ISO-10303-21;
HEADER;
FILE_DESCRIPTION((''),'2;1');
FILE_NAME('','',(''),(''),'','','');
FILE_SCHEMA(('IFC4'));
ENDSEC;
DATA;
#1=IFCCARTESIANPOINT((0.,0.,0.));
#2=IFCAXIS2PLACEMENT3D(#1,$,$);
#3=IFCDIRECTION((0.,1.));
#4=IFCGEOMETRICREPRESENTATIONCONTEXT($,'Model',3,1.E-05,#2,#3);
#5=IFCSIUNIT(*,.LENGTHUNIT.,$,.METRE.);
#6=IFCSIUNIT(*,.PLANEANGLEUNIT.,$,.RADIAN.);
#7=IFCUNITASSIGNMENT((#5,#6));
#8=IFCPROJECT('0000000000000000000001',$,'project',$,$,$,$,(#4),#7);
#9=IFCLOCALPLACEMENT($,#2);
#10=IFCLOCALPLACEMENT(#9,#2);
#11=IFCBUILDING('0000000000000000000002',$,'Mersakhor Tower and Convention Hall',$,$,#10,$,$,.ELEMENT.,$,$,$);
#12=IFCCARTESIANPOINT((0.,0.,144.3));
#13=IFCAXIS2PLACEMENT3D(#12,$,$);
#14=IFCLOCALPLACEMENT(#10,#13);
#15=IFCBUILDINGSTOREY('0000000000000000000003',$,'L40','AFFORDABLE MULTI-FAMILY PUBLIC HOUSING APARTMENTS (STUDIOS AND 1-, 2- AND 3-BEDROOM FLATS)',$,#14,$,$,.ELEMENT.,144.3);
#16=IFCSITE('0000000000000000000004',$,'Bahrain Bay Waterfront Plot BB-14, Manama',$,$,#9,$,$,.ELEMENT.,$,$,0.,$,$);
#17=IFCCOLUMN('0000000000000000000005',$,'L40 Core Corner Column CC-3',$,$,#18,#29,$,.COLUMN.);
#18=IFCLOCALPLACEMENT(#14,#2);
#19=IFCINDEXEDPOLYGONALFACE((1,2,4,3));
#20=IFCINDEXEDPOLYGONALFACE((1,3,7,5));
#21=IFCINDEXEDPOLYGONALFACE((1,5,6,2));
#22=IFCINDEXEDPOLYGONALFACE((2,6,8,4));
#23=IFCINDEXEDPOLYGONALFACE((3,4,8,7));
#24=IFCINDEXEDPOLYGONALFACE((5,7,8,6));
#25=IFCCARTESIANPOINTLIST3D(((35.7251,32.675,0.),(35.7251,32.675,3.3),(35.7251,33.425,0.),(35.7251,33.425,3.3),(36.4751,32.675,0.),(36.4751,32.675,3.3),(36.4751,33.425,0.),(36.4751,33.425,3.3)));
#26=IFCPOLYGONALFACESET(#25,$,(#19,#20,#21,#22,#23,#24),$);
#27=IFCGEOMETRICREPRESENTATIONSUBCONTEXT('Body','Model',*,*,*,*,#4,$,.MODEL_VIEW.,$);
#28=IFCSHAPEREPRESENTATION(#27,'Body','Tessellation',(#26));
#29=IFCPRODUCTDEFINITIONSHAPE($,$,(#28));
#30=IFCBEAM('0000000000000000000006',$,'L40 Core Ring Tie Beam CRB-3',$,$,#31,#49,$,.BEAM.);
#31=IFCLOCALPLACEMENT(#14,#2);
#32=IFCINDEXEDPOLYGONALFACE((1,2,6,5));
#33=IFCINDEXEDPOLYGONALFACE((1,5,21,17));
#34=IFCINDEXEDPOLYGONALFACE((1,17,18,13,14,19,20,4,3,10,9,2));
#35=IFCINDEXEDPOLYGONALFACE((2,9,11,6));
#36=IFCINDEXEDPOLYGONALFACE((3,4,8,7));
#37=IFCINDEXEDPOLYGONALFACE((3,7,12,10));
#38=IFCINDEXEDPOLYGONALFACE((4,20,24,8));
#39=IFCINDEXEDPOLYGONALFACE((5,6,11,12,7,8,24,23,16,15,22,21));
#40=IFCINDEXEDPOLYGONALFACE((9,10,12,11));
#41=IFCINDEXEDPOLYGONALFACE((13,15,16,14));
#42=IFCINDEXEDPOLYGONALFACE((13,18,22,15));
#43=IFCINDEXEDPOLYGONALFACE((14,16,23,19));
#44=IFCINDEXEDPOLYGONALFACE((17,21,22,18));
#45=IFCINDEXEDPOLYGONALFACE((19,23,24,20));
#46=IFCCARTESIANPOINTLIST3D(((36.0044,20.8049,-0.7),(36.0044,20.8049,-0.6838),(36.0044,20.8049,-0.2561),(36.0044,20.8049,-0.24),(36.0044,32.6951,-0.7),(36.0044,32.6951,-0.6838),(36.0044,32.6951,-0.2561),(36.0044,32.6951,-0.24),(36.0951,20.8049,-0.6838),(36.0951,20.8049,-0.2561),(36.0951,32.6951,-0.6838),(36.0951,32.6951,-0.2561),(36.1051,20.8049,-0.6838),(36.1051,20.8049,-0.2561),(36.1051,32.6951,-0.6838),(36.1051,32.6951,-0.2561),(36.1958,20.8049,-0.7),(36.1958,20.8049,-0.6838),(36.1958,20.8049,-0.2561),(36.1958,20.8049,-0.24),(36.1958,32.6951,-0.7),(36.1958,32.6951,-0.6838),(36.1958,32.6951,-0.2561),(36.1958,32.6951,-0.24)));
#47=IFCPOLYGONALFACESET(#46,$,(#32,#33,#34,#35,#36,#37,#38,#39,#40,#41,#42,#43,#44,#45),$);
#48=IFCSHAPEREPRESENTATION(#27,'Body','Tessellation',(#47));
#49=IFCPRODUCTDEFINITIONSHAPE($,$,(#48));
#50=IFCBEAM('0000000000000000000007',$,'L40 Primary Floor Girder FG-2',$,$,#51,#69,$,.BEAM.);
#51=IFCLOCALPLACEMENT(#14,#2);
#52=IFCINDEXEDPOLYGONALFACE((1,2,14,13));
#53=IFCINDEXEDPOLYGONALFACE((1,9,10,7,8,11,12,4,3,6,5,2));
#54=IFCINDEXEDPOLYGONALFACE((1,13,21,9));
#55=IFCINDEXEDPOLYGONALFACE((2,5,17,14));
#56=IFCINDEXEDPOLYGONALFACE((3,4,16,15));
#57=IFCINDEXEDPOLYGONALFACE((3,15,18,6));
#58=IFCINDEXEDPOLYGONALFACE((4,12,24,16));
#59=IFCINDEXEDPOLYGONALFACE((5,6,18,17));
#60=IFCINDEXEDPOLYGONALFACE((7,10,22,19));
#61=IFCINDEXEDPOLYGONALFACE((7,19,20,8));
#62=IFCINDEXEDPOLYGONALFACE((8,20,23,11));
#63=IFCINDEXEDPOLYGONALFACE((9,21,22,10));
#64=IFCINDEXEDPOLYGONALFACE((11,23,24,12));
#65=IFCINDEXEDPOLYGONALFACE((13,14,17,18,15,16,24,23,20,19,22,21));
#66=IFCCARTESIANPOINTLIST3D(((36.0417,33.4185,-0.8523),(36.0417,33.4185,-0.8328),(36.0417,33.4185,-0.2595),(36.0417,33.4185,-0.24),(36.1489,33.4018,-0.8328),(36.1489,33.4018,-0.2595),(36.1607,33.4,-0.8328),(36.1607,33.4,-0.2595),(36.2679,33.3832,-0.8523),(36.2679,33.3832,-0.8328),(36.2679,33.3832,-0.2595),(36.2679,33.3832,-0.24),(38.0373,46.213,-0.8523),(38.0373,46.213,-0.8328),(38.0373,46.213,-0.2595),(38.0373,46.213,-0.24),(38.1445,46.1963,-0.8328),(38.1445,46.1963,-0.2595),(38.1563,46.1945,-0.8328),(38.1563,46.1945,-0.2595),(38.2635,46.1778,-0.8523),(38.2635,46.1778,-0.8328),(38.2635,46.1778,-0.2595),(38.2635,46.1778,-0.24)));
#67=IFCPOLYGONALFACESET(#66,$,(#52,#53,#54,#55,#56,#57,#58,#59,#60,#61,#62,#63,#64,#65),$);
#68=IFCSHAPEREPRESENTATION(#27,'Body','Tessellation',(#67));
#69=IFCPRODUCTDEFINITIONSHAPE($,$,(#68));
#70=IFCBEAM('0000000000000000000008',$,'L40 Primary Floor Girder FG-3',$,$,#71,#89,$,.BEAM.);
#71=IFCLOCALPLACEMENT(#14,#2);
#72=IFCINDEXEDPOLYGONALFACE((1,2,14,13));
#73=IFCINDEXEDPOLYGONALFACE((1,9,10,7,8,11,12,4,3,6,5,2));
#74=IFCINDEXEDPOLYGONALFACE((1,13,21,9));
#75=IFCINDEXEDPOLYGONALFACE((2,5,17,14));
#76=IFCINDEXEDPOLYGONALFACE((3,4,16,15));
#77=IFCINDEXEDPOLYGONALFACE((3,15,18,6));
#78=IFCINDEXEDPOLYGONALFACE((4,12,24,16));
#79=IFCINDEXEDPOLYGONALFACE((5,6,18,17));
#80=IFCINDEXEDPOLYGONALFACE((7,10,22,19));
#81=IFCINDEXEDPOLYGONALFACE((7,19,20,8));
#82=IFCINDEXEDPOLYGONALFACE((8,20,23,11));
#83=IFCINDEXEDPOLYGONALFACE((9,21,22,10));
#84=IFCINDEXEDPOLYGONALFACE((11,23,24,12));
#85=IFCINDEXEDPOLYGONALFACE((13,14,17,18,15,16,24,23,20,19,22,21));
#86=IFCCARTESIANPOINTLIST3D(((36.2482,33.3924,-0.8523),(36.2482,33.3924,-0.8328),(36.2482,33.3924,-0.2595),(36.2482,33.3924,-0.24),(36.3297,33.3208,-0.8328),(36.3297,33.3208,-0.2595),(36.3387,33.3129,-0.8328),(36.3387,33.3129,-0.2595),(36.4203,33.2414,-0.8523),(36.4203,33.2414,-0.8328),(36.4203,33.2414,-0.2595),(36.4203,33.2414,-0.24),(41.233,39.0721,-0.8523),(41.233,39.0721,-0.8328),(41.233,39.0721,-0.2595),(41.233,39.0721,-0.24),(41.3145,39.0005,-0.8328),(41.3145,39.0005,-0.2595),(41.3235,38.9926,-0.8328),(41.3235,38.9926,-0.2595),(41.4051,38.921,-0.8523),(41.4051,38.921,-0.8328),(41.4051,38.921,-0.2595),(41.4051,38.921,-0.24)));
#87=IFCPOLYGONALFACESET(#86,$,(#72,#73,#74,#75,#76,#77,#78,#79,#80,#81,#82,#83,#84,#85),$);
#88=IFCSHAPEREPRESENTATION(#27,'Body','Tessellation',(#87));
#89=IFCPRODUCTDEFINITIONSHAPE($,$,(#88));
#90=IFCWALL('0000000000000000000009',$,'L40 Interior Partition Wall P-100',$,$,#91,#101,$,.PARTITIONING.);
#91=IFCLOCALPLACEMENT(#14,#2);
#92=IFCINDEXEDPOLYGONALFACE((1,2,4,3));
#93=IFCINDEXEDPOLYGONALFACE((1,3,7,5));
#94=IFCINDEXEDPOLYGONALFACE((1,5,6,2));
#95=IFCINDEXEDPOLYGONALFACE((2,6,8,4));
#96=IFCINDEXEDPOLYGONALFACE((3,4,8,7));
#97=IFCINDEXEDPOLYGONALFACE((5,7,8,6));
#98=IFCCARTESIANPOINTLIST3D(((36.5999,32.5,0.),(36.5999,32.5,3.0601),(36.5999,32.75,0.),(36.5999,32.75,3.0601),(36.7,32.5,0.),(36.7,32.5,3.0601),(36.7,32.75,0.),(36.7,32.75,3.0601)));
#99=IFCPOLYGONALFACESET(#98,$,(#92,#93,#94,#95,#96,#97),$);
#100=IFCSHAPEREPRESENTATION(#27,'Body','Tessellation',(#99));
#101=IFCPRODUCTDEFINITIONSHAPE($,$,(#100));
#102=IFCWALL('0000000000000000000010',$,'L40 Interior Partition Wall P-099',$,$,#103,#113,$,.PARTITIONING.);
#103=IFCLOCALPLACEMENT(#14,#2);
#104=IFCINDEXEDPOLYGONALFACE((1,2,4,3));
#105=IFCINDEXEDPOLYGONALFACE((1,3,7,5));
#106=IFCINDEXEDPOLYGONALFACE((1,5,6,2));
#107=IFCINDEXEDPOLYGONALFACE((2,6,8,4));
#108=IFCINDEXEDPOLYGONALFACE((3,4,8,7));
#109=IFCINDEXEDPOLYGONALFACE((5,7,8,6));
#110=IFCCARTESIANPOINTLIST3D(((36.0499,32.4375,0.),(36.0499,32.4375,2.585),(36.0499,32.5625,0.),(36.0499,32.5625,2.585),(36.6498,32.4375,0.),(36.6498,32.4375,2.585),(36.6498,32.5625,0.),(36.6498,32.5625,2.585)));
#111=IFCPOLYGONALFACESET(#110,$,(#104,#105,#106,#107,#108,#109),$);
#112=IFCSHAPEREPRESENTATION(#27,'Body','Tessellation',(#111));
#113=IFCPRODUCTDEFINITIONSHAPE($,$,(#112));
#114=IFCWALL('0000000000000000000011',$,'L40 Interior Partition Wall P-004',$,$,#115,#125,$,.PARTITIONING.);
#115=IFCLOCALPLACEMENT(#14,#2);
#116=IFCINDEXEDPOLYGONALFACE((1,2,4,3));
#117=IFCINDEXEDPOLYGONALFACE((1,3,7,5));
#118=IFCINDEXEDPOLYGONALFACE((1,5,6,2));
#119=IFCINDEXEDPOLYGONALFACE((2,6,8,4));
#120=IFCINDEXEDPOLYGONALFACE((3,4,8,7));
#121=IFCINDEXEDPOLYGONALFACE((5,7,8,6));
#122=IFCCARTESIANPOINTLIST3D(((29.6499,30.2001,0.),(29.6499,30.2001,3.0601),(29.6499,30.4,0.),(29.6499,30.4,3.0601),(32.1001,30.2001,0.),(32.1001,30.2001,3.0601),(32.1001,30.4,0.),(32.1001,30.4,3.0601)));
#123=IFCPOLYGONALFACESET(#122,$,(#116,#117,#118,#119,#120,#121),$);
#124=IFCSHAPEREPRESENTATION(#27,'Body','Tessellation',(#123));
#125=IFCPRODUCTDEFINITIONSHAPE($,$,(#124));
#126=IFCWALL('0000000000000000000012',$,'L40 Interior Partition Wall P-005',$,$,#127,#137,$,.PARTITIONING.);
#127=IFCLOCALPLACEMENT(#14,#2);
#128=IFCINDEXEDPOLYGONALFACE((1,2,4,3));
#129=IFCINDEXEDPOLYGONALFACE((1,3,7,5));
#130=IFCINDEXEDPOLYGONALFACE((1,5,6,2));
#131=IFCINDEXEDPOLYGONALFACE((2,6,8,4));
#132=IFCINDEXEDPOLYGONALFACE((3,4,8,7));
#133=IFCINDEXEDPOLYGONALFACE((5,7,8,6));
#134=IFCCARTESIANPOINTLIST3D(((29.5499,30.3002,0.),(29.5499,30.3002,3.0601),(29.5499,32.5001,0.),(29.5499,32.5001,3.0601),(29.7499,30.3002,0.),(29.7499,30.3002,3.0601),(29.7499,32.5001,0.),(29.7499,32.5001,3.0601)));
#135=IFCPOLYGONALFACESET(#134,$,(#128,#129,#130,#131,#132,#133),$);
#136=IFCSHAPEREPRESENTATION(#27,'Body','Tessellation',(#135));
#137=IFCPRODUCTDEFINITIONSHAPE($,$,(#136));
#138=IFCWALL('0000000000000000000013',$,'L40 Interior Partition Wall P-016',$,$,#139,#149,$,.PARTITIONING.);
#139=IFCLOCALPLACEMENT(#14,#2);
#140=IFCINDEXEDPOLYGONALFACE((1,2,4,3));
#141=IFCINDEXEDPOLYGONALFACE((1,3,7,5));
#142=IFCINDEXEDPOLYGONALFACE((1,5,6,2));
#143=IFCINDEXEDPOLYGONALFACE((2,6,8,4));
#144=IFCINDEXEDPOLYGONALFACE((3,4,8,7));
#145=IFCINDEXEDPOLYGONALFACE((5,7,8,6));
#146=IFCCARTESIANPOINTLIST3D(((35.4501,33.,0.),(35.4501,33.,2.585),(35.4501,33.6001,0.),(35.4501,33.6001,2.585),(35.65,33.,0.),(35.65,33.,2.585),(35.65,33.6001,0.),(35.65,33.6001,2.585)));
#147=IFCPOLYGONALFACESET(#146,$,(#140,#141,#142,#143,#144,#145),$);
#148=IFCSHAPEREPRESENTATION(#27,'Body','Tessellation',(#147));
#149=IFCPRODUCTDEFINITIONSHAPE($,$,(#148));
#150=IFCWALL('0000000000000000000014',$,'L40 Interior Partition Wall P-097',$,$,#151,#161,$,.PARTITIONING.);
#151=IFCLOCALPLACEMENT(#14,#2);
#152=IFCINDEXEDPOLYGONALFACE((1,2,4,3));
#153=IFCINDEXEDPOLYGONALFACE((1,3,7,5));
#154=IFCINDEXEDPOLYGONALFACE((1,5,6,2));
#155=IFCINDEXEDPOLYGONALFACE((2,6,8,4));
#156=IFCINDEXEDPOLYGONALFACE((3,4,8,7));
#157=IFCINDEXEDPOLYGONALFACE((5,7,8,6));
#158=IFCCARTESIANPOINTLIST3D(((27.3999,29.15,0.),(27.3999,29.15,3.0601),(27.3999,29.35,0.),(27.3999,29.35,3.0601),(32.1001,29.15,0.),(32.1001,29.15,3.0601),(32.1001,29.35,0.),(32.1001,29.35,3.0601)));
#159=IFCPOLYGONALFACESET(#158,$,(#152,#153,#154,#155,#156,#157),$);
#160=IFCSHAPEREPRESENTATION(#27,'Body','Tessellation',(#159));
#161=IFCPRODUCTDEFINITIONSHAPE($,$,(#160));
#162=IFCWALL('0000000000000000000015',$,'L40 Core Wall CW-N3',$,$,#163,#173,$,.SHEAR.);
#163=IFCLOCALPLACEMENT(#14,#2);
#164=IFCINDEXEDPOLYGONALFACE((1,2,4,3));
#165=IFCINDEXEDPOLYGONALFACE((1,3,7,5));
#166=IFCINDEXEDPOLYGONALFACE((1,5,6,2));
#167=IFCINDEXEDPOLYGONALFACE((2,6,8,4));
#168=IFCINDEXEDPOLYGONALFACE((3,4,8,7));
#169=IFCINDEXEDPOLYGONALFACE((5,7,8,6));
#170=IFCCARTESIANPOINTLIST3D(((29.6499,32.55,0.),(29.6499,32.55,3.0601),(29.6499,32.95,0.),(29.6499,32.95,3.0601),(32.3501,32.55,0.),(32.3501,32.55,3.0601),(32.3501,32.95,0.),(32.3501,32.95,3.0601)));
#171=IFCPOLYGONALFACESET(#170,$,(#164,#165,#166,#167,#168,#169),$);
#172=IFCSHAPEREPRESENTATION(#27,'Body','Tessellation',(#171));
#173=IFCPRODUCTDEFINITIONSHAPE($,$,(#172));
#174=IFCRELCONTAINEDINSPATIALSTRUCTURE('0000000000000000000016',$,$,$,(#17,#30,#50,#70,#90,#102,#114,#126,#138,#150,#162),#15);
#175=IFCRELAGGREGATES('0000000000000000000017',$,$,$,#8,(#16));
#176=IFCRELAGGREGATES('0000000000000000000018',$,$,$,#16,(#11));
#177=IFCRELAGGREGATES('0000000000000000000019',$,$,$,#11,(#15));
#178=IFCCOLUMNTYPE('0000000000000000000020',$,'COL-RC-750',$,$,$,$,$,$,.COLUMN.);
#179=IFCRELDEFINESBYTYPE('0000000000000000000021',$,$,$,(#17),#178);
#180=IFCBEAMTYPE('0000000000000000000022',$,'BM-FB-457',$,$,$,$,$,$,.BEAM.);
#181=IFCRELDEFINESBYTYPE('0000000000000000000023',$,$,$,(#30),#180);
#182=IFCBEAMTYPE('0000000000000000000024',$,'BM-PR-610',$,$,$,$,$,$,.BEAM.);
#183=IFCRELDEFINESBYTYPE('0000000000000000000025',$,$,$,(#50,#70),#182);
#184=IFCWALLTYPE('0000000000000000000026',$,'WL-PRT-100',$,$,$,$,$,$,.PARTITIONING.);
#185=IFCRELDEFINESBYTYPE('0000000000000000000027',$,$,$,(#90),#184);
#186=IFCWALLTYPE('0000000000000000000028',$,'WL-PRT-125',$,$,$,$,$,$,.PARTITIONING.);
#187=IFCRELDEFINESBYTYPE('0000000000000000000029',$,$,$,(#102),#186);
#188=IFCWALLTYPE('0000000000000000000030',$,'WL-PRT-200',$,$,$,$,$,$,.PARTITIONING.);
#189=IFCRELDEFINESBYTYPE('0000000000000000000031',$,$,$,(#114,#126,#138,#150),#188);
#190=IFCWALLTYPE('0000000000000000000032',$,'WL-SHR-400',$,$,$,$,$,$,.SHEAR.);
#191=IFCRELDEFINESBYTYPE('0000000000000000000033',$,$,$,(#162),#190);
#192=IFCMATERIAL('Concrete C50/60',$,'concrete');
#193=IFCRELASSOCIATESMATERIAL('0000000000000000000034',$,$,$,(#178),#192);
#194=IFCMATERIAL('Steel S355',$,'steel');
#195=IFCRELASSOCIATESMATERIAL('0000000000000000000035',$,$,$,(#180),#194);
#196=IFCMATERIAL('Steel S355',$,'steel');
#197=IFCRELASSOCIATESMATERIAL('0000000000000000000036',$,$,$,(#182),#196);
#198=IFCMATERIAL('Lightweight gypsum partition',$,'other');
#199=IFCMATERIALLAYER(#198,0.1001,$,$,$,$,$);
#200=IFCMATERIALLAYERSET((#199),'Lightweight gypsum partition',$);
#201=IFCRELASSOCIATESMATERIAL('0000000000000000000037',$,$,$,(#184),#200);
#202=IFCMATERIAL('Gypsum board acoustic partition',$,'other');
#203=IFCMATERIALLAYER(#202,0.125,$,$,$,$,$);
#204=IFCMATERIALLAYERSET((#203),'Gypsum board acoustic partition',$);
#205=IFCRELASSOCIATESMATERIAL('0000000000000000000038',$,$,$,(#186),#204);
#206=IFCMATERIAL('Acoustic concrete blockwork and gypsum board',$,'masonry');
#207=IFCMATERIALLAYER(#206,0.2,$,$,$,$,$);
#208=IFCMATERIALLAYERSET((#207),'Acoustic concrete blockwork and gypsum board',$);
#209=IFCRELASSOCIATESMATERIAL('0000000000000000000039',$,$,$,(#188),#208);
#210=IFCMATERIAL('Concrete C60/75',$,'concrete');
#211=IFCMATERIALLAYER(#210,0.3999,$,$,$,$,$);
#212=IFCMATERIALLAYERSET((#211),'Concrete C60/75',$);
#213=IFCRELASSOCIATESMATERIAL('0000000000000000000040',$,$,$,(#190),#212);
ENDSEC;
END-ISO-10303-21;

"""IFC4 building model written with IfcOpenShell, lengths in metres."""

from ifc_helpers import new_model, si_unit, direction, frame, frame_2d, origin, origin_2d, place, context, subcontext, project, spatial, rectangle, i_section, extrude, material, layer, layer_set, material_profile, profile_set, type_object, element, save


model = new_model("IFC4")

# Units and contexts
model_context = context("Model", 3, precision=1e-05, world=origin(), true_north=direction((0.0, 1.0)))
body_context = subcontext(model_context, "Body", "Model", "MODEL_VIEW")
ifc_project = project(units=[si_unit("LENGTHUNIT", "METRE"), si_unit("PLANEANGLEUNIT", "RADIAN")], contexts=[model_context])

# Site, building, storey
site_placement = place(None, origin())
site = spatial("IfcSite", under=ifc_project, at=site_placement, Name="Bahrain Bay Waterfront Plot BB-14, Manama", CompositionType="ELEMENT", RefElevation=0.0)
building_placement = place(site_placement, origin())
building = spatial("IfcBuilding", under=site, at=building_placement, Name="Mersakhor Tower and Convention Hall", CompositionType="ELEMENT")
storey_placement = place(building_placement, frame((0.0, 0.0, 144.3)))
storey = spatial("IfcBuildingStorey", under=building, at=storey_placement, Name="L40", Description="AFFORDABLE MULTI-FAMILY PUBLIC HOUSING APARTMENTS (STUDIOS AND 1-, 2- AND 3-BEDROOM FLATS)", CompositionType="ELEMENT", Elevation=144.3)

# Column
ifc_material_1 = material(Name="Concrete C50/60", Category="concrete")
ifc_material_profile_1 = material_profile(ifc_material_1, rectangle(XDim=0.75, YDim=0.75, at=origin_2d()), Name="RC 750x750")
ifc_profile_set_1 = profile_set([ifc_material_profile_1], Name="Concrete C50/60")
column_type = type_object("IfcColumnType", Name="COL-RC-750", PredefinedType="COLUMN", material=ifc_profile_set_1)
column_placement = place(storey_placement, frame((36.1001, 33.05, 0.0), z_axis=(0.0, 0.0, 1.0), x_axis=(1.0, 0.0, 0.0)))
element("IfcColumn", 1, at=column_placement, inside=storey, type_object=column_type, Name="L40 Core Corner Column CC-3", PredefinedType="COLUMN", context=body_context, shape_type="SweptSolid", body=[
    extrude(rectangle(XDim=0.75, YDim=0.75, at=origin_2d()), origin(), (0.0, 0.0, 1.0), 3.3),
])

# Beams
ifc_material_2 = material(Name="Steel S355", Category="steel")
ifc_material_profile_2 = material_profile(ifc_material_2, i_section(OverallWidth=0.1914, OverallDepth=0.46, WebThickness=0.01, FlangeThickness=0.0161, at=origin_2d()), Name="UB 457x191x82")
ifc_profile_set_2 = profile_set([ifc_material_profile_2], Name="Steel S355")
beam_type_1 = type_object("IfcBeamType", Name="BM-FB-457", PredefinedType="BEAM", material=ifc_profile_set_2)
beam_1_placement = place(storey_placement, frame((36.1001, 32.6951, -0.47), z_axis=(0.0, -1.0, 0.0), x_axis=(1.0, 0.0, 0.0)))
element("IfcBeam", 2, at=beam_1_placement, inside=storey, type_object=beam_type_1, Name="L40 Core Ring Tie Beam CRB-3", PredefinedType="BEAM", context=body_context, shape_type="SweptSolid", body=[
    extrude(i_section(OverallWidth=0.1914, OverallDepth=0.46, WebThickness=0.01, FlangeThickness=0.0161, at=origin_2d()), origin(), (0.0, 0.0, 1.0), 11.8901),
])
ifc_material_3 = material(Name="Steel S355", Category="steel")
ifc_material_profile_3 = material_profile(ifc_material_3, i_section(OverallWidth=0.229, OverallDepth=0.6123, WebThickness=0.012, FlangeThickness=0.0195, at=origin_2d()), Name="UB 610x229x125")
ifc_profile_set_3 = profile_set([ifc_material_profile_3], Name="Steel S355")
beam_type_2 = type_object("IfcBeamType", Name="BM-PR-610", PredefinedType="BEAM", material=ifc_profile_set_3)
beam_2_placement = place(storey_placement, frame((36.1548, 33.4009, -0.5461), z_axis=(0.154111, 0.988054, 0.0), x_axis=(-0.988054, 0.154111, 0.0)))
element("IfcBeam", 3, at=beam_2_placement, inside=storey, type_object=beam_type_2, Name="L40 Primary Floor Girder FG-2", PredefinedType="BEAM", context=body_context, shape_type="SweptSolid", body=[
    extrude(i_section(OverallWidth=0.229, OverallDepth=0.6123, WebThickness=0.012, FlangeThickness=0.0195, at=origin_2d()), origin(), (0.0, 0.0, 1.0), 12.9492),
])
beam_3_placement = place(storey_placement, frame((36.3342, 33.3169, -0.5461), z_axis=(0.659638, 0.751583, 0.0), x_axis=(-0.751583, 0.659638, 0.0)))
element("IfcBeam", 4, at=beam_3_placement, inside=storey, type_object=beam_type_2, Name="L40 Primary Floor Girder FG-3", PredefinedType="BEAM", context=body_context, shape_type="SweptSolid", body=[
    extrude(i_section(OverallWidth=0.229, OverallDepth=0.6123, WebThickness=0.012, FlangeThickness=0.0195, at=origin_2d()), origin(), (0.0, 0.0, 1.0), 7.5569),
])

# Walls
ifc_material_4 = material(Name="Lightweight gypsum partition", Category="other")
ifc_layer_1 = layer(ifc_material_4, 0.1001)
ifc_layer_set_1 = layer_set([ifc_layer_1], Name="Lightweight gypsum partition")
wall_type_1 = type_object("IfcWallType", Name="WL-PRT-100", PredefinedType="PARTITIONING", material=ifc_layer_set_1)
wall_1_placement = place(storey_placement, frame((36.6499, 32.5, 0.0), z_axis=(0.0, 0.0, 1.0), x_axis=(0.0, 1.0, 0.0)))
element("IfcWall", 5, at=wall_1_placement, inside=storey, type_object=wall_type_1, Name="L40 Interior Partition Wall P-100", PredefinedType="PARTITIONING", context=body_context, shape_type="SweptSolid", body=[
    extrude(rectangle(XDim=0.25, YDim=0.1001, at=frame_2d((0.125, 0.0))), origin(), (0.0, 0.0, 1.0), 3.0601),
])
ifc_material_5 = material(Name="Gypsum board acoustic partition", Category="other")
ifc_layer_2 = layer(ifc_material_5, 0.125)
ifc_layer_set_2 = layer_set([ifc_layer_2], Name="Gypsum board acoustic partition")
wall_type_2 = type_object("IfcWallType", Name="WL-PRT-125", PredefinedType="PARTITIONING", material=ifc_layer_set_2)
wall_2_placement = place(storey_placement, frame((36.05, 32.5, 0.0), z_axis=(0.0, 0.0, 1.0), x_axis=(1.0, 0.0, 0.0)))
element("IfcWall", 6, at=wall_2_placement, inside=storey, type_object=wall_type_2, Name="L40 Interior Partition Wall P-099", PredefinedType="PARTITIONING", context=body_context, shape_type="SweptSolid", body=[
    extrude(rectangle(XDim=0.5999, YDim=0.125, at=frame_2d((0.2998, 0.0))), origin(), (0.0, 0.0, 1.0), 2.585),
])
ifc_material_6 = material(Name="Acoustic concrete blockwork and gypsum board", Category="masonry")
ifc_layer_3 = layer(ifc_material_6, 0.2)
ifc_layer_set_3 = layer_set([ifc_layer_3], Name="Acoustic concrete blockwork and gypsum board")
wall_type_3 = type_object("IfcWallType", Name="WL-PRT-200", PredefinedType="PARTITIONING", material=ifc_layer_set_3)
wall_3_placement = place(storey_placement, frame((32.1001, 30.3, 0.0), z_axis=(0.0, 0.0, 1.0), x_axis=(-1.0, 0.0, 0.0)))
element("IfcWall", 7, at=wall_3_placement, inside=storey, type_object=wall_type_3, Name="L40 Interior Partition Wall P-004", PredefinedType="PARTITIONING", context=body_context, shape_type="SweptSolid", body=[
    extrude(rectangle(XDim=2.4502, YDim=0.2, at=frame_2d((1.2251, 0.0))), origin(), (0.0, 0.0, 1.0), 3.0601),
])
wall_4_placement = place(storey_placement, frame((29.6499, 30.3, 0.0), z_axis=(0.0, 0.0, 1.0), x_axis=(0.0, 1.0, 0.0)))
element("IfcWall", 8, at=wall_4_placement, inside=storey, type_object=wall_type_3, Name="L40 Interior Partition Wall P-005", PredefinedType="PARTITIONING", context=body_context, shape_type="SweptSolid", body=[
    extrude(rectangle(XDim=2.2, YDim=0.2, at=frame_2d((1.1001, 0.0))), origin(), (0.0, 0.0, 1.0), 3.0601),
])
wall_5_placement = place(storey_placement, frame((35.55, 33.6001, 0.0), z_axis=(0.0, 0.0, 1.0), x_axis=(0.0, -1.0, 0.0)))
element("IfcWall", 9, at=wall_5_placement, inside=storey, type_object=wall_type_3, Name="L40 Interior Partition Wall P-016", PredefinedType="PARTITIONING", context=body_context, shape_type="SweptSolid", body=[
    extrude(rectangle(XDim=0.6001, YDim=0.2, at=frame_2d((0.3, 0.0))), origin(), (0.0, 0.0, 1.0), 2.585),
])
wall_6_placement = place(storey_placement, frame((32.1001, 29.25, 0.0), z_axis=(0.0, 0.0, 1.0), x_axis=(-1.0, 0.0, 0.0)))
element("IfcWall", 10, at=wall_6_placement, inside=storey, type_object=wall_type_3, Name="L40 Interior Partition Wall P-097", PredefinedType="PARTITIONING", context=body_context, shape_type="SweptSolid", body=[
    extrude(rectangle(XDim=4.7002, YDim=0.2, at=frame_2d((2.3501, 0.0))), origin(), (0.0, 0.0, 1.0), 3.0601),
])

# Wall
ifc_material_7 = material(Name="Concrete C60/75", Category="concrete")
ifc_layer_4 = layer(ifc_material_7, 0.3999)
ifc_layer_set_4 = layer_set([ifc_layer_4], Name="Concrete C60/75")
wall_type_4 = type_object("IfcWallType", Name="WL-SHR-400", PredefinedType="SHEAR", material=ifc_layer_set_4)
wall_7_placement = place(storey_placement, frame((29.6499, 32.75, 0.0), z_axis=(0.0, 0.0, 1.0), x_axis=(1.0, 0.0, 0.0)))
element("IfcWall", 11, at=wall_7_placement, inside=storey, type_object=wall_type_4, Name="L40 Core Wall CW-N3", PredefinedType="SHEAR", context=body_context, shape_type="SweptSolid", body=[
    extrude(rectangle(XDim=2.7002, YDim=0.3999, at=frame_2d((1.3501, 0.0))), origin(), (0.0, 0.0, 1.0), 3.0601),
])

save(model, "model.ifc")
